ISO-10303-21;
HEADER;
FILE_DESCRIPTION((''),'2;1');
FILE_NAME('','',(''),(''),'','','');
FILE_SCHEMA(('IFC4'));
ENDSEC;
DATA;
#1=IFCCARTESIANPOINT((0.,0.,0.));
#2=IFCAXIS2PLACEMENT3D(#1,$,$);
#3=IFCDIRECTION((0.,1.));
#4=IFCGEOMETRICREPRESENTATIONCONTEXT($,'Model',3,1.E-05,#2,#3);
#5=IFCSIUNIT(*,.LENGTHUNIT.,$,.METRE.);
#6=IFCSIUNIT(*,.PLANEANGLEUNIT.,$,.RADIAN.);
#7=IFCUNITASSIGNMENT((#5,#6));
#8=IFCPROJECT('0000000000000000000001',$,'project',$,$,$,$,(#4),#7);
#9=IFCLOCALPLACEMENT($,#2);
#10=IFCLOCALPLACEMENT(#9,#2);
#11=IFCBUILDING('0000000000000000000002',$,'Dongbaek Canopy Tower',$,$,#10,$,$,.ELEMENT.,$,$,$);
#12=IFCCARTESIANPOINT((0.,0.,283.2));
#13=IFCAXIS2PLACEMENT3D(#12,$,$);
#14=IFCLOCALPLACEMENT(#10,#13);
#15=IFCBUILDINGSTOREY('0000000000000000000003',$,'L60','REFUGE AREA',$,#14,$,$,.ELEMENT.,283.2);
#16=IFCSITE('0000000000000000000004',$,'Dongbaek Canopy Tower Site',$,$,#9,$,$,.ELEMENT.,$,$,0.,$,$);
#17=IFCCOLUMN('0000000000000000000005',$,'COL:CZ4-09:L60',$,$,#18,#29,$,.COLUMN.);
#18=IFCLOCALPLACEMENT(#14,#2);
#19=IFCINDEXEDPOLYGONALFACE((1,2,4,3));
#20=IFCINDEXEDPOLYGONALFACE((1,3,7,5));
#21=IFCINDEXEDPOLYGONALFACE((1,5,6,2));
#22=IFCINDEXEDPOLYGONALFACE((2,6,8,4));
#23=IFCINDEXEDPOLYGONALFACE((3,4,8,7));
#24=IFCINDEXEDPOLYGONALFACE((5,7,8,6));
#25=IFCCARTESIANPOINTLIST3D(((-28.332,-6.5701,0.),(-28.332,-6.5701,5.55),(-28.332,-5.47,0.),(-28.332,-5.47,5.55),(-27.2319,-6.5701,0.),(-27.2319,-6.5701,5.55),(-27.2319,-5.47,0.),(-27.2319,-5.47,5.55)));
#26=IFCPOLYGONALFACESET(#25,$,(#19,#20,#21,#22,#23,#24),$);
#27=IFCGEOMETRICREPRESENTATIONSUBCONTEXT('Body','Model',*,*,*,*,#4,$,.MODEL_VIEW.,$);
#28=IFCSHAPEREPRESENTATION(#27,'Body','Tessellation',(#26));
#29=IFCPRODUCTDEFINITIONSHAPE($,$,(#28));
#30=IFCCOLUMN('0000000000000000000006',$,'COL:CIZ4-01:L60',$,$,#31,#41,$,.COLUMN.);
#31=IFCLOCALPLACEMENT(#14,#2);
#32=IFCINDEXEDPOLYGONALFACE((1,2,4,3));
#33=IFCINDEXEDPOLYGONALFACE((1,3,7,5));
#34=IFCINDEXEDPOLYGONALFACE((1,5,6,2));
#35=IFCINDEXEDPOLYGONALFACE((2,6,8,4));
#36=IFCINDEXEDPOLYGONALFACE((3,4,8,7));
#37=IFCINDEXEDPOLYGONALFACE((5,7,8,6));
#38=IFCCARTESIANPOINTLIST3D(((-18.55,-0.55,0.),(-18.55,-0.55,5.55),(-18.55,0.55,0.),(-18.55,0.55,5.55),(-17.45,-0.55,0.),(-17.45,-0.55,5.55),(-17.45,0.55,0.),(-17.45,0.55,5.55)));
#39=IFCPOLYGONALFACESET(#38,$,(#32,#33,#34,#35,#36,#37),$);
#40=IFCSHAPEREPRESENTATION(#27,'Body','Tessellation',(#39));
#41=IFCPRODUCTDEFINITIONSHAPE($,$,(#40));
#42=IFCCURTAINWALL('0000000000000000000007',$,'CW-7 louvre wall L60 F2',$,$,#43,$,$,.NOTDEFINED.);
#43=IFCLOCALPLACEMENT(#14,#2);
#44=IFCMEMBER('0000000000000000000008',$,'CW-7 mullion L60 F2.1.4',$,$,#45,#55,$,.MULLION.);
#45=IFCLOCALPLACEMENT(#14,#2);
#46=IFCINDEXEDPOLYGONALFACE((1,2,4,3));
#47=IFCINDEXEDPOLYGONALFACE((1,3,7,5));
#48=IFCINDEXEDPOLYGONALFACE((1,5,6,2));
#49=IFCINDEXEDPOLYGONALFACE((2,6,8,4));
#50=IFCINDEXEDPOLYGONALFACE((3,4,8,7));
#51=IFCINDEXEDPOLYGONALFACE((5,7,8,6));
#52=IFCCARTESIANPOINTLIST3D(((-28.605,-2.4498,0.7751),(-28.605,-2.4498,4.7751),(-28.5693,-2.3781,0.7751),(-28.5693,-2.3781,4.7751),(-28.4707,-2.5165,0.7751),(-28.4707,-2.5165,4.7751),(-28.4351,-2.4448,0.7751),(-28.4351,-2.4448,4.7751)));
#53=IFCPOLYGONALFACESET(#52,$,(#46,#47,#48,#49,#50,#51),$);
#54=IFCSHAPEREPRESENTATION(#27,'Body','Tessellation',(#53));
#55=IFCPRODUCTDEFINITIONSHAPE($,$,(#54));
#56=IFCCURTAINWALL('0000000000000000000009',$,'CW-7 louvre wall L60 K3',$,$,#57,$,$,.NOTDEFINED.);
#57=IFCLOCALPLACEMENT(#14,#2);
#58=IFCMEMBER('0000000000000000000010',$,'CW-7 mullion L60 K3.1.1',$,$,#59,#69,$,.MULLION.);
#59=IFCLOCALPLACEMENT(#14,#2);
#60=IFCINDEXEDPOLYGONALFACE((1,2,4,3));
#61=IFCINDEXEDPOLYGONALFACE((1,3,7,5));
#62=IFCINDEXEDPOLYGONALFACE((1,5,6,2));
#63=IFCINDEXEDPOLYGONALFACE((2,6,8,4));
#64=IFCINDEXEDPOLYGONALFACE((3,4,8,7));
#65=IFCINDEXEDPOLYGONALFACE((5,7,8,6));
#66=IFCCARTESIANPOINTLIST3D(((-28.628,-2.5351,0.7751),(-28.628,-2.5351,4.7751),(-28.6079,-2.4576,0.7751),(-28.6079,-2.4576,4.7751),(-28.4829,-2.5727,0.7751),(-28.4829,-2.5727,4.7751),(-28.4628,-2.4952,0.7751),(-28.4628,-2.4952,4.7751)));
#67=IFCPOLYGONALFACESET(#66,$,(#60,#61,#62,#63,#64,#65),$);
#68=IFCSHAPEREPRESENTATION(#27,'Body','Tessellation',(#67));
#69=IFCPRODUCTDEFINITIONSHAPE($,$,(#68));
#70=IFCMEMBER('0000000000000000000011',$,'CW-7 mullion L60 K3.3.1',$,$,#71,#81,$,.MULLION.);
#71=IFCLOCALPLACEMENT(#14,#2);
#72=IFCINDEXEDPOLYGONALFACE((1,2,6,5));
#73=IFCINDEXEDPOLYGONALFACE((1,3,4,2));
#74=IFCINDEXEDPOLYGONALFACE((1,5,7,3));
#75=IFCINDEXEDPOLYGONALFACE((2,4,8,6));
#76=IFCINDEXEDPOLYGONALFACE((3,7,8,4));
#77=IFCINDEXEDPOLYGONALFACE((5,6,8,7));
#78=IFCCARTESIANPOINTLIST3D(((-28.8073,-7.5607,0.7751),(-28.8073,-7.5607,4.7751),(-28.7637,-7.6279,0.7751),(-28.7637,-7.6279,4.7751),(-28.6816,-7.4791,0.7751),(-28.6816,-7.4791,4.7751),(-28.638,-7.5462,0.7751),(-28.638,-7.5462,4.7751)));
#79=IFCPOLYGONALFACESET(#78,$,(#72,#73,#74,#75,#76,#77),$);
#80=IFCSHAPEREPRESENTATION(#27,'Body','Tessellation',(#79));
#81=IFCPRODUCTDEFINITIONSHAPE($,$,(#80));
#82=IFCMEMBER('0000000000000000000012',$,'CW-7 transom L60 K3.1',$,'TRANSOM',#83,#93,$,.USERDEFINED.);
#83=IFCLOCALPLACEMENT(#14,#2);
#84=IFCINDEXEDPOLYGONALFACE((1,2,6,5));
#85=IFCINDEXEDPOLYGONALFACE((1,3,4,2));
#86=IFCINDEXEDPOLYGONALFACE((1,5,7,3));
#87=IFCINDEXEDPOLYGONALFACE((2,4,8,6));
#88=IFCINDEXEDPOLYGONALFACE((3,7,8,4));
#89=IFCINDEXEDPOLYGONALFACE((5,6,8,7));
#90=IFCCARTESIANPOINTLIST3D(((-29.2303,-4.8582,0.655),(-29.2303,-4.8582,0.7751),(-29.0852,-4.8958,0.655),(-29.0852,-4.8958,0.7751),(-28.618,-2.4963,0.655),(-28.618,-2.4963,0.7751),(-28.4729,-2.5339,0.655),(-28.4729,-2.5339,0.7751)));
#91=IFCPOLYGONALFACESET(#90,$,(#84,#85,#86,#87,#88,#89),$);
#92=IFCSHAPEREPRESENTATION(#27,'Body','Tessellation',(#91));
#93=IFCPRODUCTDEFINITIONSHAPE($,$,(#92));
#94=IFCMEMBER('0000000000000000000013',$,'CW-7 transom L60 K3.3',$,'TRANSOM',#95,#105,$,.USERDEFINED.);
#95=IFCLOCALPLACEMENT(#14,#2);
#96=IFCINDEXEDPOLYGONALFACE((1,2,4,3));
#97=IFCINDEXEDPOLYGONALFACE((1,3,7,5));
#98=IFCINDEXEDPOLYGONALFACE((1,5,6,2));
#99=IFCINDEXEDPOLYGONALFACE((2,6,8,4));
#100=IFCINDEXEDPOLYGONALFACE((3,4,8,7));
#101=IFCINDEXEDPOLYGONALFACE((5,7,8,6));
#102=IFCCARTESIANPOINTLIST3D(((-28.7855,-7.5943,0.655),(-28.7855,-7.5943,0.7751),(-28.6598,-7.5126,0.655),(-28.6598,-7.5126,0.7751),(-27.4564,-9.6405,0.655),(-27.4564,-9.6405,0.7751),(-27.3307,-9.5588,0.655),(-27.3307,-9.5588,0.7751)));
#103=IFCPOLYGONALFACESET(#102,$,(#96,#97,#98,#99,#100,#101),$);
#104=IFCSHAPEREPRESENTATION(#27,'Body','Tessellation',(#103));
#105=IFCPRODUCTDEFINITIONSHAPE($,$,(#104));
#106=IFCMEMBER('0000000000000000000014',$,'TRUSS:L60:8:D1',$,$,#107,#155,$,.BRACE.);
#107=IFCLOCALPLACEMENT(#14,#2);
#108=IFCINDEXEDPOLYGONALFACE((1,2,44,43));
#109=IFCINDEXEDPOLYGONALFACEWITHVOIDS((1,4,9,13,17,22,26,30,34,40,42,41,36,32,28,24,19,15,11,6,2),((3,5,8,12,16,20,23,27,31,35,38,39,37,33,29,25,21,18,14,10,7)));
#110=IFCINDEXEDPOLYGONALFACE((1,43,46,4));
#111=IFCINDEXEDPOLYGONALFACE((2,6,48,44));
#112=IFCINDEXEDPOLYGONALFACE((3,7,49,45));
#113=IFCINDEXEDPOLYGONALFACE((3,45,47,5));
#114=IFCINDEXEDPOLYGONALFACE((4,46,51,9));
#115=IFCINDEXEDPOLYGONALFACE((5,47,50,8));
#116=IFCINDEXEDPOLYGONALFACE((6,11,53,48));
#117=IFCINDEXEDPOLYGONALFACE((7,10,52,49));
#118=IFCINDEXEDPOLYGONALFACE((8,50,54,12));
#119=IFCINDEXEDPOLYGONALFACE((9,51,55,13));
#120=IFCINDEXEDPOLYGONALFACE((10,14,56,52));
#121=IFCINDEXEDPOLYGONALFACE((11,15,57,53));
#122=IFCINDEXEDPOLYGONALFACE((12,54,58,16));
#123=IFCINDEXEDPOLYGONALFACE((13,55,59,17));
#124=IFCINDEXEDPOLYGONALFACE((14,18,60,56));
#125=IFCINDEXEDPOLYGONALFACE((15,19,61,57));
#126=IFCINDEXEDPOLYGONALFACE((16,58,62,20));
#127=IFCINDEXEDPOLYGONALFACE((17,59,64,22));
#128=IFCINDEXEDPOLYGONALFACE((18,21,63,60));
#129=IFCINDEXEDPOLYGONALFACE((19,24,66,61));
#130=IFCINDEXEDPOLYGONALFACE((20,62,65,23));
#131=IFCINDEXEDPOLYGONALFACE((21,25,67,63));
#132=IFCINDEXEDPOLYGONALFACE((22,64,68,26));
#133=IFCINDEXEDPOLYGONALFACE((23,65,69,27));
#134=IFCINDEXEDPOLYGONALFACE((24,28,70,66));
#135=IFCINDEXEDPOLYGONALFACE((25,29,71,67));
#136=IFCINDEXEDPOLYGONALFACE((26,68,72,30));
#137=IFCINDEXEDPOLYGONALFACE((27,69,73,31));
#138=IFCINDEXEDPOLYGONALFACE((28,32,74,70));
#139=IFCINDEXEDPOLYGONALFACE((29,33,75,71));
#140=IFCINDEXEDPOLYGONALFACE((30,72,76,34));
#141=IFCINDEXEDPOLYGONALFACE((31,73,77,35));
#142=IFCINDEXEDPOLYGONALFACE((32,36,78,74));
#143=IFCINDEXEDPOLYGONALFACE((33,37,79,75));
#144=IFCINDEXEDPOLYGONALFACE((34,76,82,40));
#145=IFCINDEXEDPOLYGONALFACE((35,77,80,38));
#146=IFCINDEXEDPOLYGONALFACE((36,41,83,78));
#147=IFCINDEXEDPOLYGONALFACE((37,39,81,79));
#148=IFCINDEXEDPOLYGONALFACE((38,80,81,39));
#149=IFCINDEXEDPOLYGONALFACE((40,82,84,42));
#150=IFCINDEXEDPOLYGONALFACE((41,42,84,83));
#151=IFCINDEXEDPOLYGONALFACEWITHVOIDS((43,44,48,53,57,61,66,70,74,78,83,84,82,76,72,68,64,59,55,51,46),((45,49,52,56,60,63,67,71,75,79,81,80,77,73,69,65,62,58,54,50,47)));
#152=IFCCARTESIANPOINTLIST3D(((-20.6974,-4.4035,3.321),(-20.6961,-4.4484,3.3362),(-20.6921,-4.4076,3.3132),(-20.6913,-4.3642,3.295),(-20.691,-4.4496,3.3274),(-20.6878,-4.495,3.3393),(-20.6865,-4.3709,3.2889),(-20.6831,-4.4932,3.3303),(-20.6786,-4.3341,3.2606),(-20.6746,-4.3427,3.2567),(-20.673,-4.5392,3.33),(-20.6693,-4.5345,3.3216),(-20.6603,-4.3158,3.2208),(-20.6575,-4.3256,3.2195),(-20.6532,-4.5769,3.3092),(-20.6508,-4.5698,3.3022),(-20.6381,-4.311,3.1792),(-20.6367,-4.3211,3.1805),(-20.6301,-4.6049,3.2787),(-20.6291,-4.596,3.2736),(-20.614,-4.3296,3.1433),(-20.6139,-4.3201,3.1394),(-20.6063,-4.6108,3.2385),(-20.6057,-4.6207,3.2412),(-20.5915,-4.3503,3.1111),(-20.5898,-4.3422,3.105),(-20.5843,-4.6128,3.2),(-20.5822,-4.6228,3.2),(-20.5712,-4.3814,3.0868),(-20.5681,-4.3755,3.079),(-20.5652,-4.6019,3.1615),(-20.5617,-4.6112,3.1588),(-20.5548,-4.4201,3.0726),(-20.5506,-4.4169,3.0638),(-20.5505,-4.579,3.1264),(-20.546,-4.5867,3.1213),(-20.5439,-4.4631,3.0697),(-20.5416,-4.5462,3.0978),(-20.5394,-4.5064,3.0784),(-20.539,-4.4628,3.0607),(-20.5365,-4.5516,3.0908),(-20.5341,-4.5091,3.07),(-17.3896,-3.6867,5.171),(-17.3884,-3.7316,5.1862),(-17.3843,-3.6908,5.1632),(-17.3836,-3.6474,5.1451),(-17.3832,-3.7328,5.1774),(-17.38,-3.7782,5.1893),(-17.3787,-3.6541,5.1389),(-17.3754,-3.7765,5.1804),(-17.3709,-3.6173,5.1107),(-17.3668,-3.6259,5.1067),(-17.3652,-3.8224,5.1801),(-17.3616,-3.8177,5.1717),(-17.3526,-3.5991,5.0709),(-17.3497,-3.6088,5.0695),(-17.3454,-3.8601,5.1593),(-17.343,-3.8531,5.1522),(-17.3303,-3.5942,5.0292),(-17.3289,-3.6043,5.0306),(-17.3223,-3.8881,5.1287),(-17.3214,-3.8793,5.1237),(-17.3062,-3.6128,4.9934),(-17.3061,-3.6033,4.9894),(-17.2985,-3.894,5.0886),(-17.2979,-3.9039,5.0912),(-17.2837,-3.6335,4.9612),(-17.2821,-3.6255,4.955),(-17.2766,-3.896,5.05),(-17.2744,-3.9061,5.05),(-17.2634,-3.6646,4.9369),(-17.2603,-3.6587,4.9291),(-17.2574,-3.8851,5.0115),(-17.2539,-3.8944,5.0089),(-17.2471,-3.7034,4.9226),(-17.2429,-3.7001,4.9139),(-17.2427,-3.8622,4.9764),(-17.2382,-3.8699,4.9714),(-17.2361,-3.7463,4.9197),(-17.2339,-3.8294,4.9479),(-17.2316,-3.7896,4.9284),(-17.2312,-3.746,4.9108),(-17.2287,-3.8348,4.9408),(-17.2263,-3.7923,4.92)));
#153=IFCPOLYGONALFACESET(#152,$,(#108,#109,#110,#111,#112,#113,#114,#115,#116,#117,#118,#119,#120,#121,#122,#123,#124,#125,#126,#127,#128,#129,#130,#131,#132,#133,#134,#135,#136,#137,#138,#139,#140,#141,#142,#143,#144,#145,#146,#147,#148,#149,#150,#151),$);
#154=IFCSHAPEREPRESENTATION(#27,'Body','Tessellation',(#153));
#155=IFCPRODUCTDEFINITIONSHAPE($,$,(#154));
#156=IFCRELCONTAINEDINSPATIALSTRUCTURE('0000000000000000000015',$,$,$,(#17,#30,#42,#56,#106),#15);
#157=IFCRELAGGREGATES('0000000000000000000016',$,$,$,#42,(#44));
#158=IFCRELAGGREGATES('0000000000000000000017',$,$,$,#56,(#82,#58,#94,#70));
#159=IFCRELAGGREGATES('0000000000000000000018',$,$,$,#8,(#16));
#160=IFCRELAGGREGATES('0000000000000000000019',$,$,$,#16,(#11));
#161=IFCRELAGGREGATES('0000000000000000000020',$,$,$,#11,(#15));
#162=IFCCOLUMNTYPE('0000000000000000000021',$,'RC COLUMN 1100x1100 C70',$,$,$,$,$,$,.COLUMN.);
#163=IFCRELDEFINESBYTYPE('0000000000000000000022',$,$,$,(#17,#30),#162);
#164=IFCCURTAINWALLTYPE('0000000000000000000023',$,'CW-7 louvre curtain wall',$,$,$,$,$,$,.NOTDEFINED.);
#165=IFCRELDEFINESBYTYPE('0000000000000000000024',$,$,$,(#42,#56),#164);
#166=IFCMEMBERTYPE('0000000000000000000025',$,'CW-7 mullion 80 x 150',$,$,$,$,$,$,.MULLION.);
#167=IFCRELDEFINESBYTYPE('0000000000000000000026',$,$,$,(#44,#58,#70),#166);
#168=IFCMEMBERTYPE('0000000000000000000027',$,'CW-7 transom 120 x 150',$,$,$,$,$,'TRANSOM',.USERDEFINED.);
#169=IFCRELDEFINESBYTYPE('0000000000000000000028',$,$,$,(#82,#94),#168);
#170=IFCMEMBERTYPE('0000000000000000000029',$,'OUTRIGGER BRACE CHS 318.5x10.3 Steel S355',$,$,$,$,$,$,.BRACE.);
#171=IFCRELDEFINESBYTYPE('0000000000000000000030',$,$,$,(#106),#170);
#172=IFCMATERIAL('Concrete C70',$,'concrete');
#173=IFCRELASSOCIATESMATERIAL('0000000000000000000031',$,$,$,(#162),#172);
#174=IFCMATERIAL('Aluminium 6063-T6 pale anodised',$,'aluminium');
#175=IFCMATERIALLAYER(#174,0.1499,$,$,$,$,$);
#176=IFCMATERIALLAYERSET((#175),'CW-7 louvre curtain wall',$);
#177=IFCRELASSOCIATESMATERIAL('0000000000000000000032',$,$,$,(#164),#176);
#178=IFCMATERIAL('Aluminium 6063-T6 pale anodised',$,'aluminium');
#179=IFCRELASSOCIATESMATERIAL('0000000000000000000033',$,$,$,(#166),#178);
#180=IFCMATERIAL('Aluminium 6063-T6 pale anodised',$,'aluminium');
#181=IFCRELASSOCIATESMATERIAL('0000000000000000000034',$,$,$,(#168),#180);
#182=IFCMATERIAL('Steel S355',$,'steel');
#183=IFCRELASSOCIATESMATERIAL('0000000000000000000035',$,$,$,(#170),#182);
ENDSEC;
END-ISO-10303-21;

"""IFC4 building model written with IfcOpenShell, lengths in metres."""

from ifc_helpers import new_model, si_unit, direction, frame, origin, origin_2d, place, context, subcontext, project, spatial, rectangle, hollow_circle, extrude, material, layer, layer_set, material_profile, profile_set, type_object, element, aggregate, save


model = new_model("IFC4")

# Units and contexts
model_context = context("Model", 3, precision=1e-05, world=origin(), true_north=direction((0.0, 1.0)))
body_context = subcontext(model_context, "Body", "Model", "MODEL_VIEW")
ifc_project = project(units=[si_unit("LENGTHUNIT", "METRE"), si_unit("PLANEANGLEUNIT", "RADIAN")], contexts=[model_context])

# Site, building, storey
site_placement = place(None, origin())
site = spatial("IfcSite", under=ifc_project, at=site_placement, Name="Dongbaek Canopy Tower Site", CompositionType="ELEMENT", RefElevation=0.0)
building_placement = place(site_placement, origin())
building = spatial("IfcBuilding", under=site, at=building_placement, Name="Dongbaek Canopy Tower", CompositionType="ELEMENT")
storey_placement = place(building_placement, frame((0.0, 0.0, 283.2)))
storey = spatial("IfcBuildingStorey", under=building, at=storey_placement, Name="L60", Description="REFUGE AREA", CompositionType="ELEMENT", Elevation=283.2)

# Columns
ifc_material_1 = material(Name="Concrete C70", Category="concrete")
ifc_material_profile_1 = material_profile(ifc_material_1, rectangle(XDim=1.1001, YDim=1.1001, at=origin_2d()), Name="RC COLUMN 1100x1100 C70")
ifc_profile_set_1 = profile_set([ifc_material_profile_1], Name="Concrete C70")
column_type = type_object("IfcColumnType", Name="RC COLUMN 1100x1100 C70", PredefinedType="COLUMN", material=ifc_profile_set_1)
for number, where, z_axis, x_axis, name in (
    (1, (-27.782, -6.02, 0.0), (0.0, 0.0, 1.0), (1.0, 0.0, 0.0), "COL:CZ4-09:L60"),
    (2, (-18.0, 0.0, 0.0), (0.0, 0.0, 1.0), (1.0, 0.0, 0.0), "COL:CIZ4-01:L60"),
):
    element("IfcColumn", number, at=place(storey_placement, frame(where, z_axis=z_axis, x_axis=x_axis)), inside=storey, type_object=column_type, Name=name, PredefinedType="COLUMN", context=body_context, shape_type="SweptSolid", body=[
        extrude(rectangle(XDim=1.1001, YDim=1.1001, at=origin_2d()), origin(), (0.0, 0.0, 1.0), 5.55),
    ])

# Curtain wall, member
ifc_material_2 = material(Name="Aluminium 6063-T6 pale anodised", Category="aluminium")
ifc_layer_1 = layer(ifc_material_2, 0.1499)
ifc_layer_set_1 = layer_set([ifc_layer_1], Name="CW-7 louvre curtain wall")
curtain_wall_type = type_object("IfcCurtainWallType", Name="CW-7 louvre curtain wall", PredefinedType="NOTDEFINED", material=ifc_layer_set_1)
curtain_wall_1_placement = place(storey_placement, origin())
curtain_wall_1 = element("IfcCurtainWall", 3, at=curtain_wall_1_placement, inside=storey, type_object=curtain_wall_type, Name="CW-7 louvre wall L60 F2", PredefinedType="NOTDEFINED")
ifc_material_3 = material(Name="Aluminium 6063-T6 pale anodised", Category="aluminium")
ifc_material_profile_2 = material_profile(ifc_material_3, rectangle(XDim=0.1499, YDim=0.0801, at=origin_2d()), Name="CW-7 mullion 80 x 150")
ifc_profile_set_2 = profile_set([ifc_material_profile_2], Name="Aluminium 6063-T6 pale anodised")
member_type_1 = type_object("IfcMemberType", Name="CW-7 mullion 80 x 150", PredefinedType="MULLION", material=ifc_profile_set_2)
member_1_placement = place(storey_placement, frame((-28.52, -2.4473, 0.7751), z_axis=(0.0, 0.0, 1.0), x_axis=(-0.895549, 0.444962, 0.0)))
member_1 = element("IfcMember", 4, at=member_1_placement, type_object=member_type_1, Name="CW-7 mullion L60 F2.1.4", PredefinedType="MULLION", context=body_context, shape_type="SweptSolid", body=[
    extrude(rectangle(XDim=0.1499, YDim=0.0801, at=origin_2d()), origin(), (0.0, 0.0, 1.0), 4.0),
])
aggregate(curtain_wall_1, [member_1])

# Curtain wall, members
curtain_wall_2_placement = place(storey_placement, origin())
curtain_wall_2 = element("IfcCurtainWall", 5, at=curtain_wall_2_placement, inside=storey, type_object=curtain_wall_type, Name="CW-7 louvre wall L60 K3", PredefinedType="NOTDEFINED")
member_2_placement = place(storey_placement, frame((-28.5454, -2.5151, 0.7751), z_axis=(0.0, 0.0, 1.0), x_axis=(-0.967992, 0.25098, 0.0)))
member_2 = element("IfcMember", 6, at=member_2_placement, type_object=member_type_1, Name="CW-7 mullion L60 K3.1.1", PredefinedType="MULLION", context=body_context, shape_type="SweptSolid", body=[
    extrude(rectangle(XDim=0.1499, YDim=0.0801, at=origin_2d()), origin(), (0.0, 0.0, 1.0), 4.0),
])
member_3_placement = place(storey_placement, frame((-28.7227, -7.5535, 0.7751), z_axis=(0.0, 0.0, 1.0), x_axis=(-0.838611, -0.54473, 0.0)))
member_3 = element("IfcMember", 7, at=member_3_placement, type_object=member_type_1, Name="CW-7 mullion L60 K3.3.1", PredefinedType="MULLION", context=body_context, shape_type="SweptSolid", body=[
    extrude(rectangle(XDim=0.1499, YDim=0.0801, at=origin_2d()), origin(), (0.0, 0.0, 1.0), 4.0),
])
ifc_material_4 = material(Name="Aluminium 6063-T6 pale anodised", Category="aluminium")
ifc_material_profile_3 = material_profile(ifc_material_4, rectangle(XDim=0.1499, YDim=0.1201, at=origin_2d()), Name="CW-7 transom 120 x 150")
ifc_profile_set_3 = profile_set([ifc_material_profile_3], Name="Aluminium 6063-T6 pale anodised")
member_type_2 = type_object("IfcMemberType", Name="CW-7 transom 120 x 150", ElementType="TRANSOM", PredefinedType="USERDEFINED", material=ifc_profile_set_3)
member_4_placement = place(storey_placement, frame((-28.5454, -2.5151, 0.7151), z_axis=(-0.250955, -0.967999, 0.0), x_axis=(0.967999, -0.250955, 0.0)))
member_4 = element("IfcMember", 8, at=member_4_placement, type_object=member_type_2, Name="CW-7 transom L60 K3.1", ObjectType="TRANSOM", PredefinedType="USERDEFINED", context=body_context, shape_type="SweptSolid", body=[
    extrude(rectangle(XDim=0.1499, YDim=0.1201, at=origin_2d()), origin(), (0.0, 0.0, 1.0), 2.4399),
])
member_5_placement = place(storey_placement, frame((-28.7227, -7.5535, 0.7151), z_axis=(0.544732, -0.83861, 0.0), x_axis=(0.83861, 0.544732, 0.0)))
member_5 = element("IfcMember", 9, at=member_5_placement, type_object=member_type_2, Name="CW-7 transom L60 K3.3", ObjectType="TRANSOM", PredefinedType="USERDEFINED", context=body_context, shape_type="SweptSolid", body=[
    extrude(rectangle(XDim=0.1499, YDim=0.1201, at=origin_2d()), origin(), (0.0, 0.0, 1.0), 2.4399),
])

# Member
ifc_material_5 = material(Name="Steel S355", Category="steel")
ifc_material_profile_4 = material_profile(ifc_material_5, hollow_circle(Radius=0.1592, WallThickness=0.0103, at=origin_2d()), Name="OUTRIGGER BRACE CHS 318.5x10.3 Steel S355")
ifc_profile_set_4 = profile_set([ifc_material_profile_4], Name="Steel S355")
member_type_3 = type_object("IfcMemberType", Name="OUTRIGGER BRACE CHS 318.5x10.3 Steel S355", PredefinedType="BRACE", material=ifc_profile_set_4)
member_6_placement = place(storey_placement, frame((-17.3081, -3.7505, 5.05), z_axis=(-0.857563, -0.18583, -0.479638), x_axis=(0.21178, -0.977317, 0.0)))
element("IfcMember", 10, at=member_6_placement, inside=storey, type_object=member_type_3, Name="TRUSS:L60:8:D1", PredefinedType="BRACE", context=body_context, shape_type="SweptSolid", body=[
    extrude(hollow_circle(Radius=0.1592, WallThickness=0.0103, at=origin_2d()), origin(), (0.0, 0.0, 1.0), 3.8572),
])

aggregate(curtain_wall_2, [member_4, member_2, member_5, member_3])

save(model, "model.ifc")
